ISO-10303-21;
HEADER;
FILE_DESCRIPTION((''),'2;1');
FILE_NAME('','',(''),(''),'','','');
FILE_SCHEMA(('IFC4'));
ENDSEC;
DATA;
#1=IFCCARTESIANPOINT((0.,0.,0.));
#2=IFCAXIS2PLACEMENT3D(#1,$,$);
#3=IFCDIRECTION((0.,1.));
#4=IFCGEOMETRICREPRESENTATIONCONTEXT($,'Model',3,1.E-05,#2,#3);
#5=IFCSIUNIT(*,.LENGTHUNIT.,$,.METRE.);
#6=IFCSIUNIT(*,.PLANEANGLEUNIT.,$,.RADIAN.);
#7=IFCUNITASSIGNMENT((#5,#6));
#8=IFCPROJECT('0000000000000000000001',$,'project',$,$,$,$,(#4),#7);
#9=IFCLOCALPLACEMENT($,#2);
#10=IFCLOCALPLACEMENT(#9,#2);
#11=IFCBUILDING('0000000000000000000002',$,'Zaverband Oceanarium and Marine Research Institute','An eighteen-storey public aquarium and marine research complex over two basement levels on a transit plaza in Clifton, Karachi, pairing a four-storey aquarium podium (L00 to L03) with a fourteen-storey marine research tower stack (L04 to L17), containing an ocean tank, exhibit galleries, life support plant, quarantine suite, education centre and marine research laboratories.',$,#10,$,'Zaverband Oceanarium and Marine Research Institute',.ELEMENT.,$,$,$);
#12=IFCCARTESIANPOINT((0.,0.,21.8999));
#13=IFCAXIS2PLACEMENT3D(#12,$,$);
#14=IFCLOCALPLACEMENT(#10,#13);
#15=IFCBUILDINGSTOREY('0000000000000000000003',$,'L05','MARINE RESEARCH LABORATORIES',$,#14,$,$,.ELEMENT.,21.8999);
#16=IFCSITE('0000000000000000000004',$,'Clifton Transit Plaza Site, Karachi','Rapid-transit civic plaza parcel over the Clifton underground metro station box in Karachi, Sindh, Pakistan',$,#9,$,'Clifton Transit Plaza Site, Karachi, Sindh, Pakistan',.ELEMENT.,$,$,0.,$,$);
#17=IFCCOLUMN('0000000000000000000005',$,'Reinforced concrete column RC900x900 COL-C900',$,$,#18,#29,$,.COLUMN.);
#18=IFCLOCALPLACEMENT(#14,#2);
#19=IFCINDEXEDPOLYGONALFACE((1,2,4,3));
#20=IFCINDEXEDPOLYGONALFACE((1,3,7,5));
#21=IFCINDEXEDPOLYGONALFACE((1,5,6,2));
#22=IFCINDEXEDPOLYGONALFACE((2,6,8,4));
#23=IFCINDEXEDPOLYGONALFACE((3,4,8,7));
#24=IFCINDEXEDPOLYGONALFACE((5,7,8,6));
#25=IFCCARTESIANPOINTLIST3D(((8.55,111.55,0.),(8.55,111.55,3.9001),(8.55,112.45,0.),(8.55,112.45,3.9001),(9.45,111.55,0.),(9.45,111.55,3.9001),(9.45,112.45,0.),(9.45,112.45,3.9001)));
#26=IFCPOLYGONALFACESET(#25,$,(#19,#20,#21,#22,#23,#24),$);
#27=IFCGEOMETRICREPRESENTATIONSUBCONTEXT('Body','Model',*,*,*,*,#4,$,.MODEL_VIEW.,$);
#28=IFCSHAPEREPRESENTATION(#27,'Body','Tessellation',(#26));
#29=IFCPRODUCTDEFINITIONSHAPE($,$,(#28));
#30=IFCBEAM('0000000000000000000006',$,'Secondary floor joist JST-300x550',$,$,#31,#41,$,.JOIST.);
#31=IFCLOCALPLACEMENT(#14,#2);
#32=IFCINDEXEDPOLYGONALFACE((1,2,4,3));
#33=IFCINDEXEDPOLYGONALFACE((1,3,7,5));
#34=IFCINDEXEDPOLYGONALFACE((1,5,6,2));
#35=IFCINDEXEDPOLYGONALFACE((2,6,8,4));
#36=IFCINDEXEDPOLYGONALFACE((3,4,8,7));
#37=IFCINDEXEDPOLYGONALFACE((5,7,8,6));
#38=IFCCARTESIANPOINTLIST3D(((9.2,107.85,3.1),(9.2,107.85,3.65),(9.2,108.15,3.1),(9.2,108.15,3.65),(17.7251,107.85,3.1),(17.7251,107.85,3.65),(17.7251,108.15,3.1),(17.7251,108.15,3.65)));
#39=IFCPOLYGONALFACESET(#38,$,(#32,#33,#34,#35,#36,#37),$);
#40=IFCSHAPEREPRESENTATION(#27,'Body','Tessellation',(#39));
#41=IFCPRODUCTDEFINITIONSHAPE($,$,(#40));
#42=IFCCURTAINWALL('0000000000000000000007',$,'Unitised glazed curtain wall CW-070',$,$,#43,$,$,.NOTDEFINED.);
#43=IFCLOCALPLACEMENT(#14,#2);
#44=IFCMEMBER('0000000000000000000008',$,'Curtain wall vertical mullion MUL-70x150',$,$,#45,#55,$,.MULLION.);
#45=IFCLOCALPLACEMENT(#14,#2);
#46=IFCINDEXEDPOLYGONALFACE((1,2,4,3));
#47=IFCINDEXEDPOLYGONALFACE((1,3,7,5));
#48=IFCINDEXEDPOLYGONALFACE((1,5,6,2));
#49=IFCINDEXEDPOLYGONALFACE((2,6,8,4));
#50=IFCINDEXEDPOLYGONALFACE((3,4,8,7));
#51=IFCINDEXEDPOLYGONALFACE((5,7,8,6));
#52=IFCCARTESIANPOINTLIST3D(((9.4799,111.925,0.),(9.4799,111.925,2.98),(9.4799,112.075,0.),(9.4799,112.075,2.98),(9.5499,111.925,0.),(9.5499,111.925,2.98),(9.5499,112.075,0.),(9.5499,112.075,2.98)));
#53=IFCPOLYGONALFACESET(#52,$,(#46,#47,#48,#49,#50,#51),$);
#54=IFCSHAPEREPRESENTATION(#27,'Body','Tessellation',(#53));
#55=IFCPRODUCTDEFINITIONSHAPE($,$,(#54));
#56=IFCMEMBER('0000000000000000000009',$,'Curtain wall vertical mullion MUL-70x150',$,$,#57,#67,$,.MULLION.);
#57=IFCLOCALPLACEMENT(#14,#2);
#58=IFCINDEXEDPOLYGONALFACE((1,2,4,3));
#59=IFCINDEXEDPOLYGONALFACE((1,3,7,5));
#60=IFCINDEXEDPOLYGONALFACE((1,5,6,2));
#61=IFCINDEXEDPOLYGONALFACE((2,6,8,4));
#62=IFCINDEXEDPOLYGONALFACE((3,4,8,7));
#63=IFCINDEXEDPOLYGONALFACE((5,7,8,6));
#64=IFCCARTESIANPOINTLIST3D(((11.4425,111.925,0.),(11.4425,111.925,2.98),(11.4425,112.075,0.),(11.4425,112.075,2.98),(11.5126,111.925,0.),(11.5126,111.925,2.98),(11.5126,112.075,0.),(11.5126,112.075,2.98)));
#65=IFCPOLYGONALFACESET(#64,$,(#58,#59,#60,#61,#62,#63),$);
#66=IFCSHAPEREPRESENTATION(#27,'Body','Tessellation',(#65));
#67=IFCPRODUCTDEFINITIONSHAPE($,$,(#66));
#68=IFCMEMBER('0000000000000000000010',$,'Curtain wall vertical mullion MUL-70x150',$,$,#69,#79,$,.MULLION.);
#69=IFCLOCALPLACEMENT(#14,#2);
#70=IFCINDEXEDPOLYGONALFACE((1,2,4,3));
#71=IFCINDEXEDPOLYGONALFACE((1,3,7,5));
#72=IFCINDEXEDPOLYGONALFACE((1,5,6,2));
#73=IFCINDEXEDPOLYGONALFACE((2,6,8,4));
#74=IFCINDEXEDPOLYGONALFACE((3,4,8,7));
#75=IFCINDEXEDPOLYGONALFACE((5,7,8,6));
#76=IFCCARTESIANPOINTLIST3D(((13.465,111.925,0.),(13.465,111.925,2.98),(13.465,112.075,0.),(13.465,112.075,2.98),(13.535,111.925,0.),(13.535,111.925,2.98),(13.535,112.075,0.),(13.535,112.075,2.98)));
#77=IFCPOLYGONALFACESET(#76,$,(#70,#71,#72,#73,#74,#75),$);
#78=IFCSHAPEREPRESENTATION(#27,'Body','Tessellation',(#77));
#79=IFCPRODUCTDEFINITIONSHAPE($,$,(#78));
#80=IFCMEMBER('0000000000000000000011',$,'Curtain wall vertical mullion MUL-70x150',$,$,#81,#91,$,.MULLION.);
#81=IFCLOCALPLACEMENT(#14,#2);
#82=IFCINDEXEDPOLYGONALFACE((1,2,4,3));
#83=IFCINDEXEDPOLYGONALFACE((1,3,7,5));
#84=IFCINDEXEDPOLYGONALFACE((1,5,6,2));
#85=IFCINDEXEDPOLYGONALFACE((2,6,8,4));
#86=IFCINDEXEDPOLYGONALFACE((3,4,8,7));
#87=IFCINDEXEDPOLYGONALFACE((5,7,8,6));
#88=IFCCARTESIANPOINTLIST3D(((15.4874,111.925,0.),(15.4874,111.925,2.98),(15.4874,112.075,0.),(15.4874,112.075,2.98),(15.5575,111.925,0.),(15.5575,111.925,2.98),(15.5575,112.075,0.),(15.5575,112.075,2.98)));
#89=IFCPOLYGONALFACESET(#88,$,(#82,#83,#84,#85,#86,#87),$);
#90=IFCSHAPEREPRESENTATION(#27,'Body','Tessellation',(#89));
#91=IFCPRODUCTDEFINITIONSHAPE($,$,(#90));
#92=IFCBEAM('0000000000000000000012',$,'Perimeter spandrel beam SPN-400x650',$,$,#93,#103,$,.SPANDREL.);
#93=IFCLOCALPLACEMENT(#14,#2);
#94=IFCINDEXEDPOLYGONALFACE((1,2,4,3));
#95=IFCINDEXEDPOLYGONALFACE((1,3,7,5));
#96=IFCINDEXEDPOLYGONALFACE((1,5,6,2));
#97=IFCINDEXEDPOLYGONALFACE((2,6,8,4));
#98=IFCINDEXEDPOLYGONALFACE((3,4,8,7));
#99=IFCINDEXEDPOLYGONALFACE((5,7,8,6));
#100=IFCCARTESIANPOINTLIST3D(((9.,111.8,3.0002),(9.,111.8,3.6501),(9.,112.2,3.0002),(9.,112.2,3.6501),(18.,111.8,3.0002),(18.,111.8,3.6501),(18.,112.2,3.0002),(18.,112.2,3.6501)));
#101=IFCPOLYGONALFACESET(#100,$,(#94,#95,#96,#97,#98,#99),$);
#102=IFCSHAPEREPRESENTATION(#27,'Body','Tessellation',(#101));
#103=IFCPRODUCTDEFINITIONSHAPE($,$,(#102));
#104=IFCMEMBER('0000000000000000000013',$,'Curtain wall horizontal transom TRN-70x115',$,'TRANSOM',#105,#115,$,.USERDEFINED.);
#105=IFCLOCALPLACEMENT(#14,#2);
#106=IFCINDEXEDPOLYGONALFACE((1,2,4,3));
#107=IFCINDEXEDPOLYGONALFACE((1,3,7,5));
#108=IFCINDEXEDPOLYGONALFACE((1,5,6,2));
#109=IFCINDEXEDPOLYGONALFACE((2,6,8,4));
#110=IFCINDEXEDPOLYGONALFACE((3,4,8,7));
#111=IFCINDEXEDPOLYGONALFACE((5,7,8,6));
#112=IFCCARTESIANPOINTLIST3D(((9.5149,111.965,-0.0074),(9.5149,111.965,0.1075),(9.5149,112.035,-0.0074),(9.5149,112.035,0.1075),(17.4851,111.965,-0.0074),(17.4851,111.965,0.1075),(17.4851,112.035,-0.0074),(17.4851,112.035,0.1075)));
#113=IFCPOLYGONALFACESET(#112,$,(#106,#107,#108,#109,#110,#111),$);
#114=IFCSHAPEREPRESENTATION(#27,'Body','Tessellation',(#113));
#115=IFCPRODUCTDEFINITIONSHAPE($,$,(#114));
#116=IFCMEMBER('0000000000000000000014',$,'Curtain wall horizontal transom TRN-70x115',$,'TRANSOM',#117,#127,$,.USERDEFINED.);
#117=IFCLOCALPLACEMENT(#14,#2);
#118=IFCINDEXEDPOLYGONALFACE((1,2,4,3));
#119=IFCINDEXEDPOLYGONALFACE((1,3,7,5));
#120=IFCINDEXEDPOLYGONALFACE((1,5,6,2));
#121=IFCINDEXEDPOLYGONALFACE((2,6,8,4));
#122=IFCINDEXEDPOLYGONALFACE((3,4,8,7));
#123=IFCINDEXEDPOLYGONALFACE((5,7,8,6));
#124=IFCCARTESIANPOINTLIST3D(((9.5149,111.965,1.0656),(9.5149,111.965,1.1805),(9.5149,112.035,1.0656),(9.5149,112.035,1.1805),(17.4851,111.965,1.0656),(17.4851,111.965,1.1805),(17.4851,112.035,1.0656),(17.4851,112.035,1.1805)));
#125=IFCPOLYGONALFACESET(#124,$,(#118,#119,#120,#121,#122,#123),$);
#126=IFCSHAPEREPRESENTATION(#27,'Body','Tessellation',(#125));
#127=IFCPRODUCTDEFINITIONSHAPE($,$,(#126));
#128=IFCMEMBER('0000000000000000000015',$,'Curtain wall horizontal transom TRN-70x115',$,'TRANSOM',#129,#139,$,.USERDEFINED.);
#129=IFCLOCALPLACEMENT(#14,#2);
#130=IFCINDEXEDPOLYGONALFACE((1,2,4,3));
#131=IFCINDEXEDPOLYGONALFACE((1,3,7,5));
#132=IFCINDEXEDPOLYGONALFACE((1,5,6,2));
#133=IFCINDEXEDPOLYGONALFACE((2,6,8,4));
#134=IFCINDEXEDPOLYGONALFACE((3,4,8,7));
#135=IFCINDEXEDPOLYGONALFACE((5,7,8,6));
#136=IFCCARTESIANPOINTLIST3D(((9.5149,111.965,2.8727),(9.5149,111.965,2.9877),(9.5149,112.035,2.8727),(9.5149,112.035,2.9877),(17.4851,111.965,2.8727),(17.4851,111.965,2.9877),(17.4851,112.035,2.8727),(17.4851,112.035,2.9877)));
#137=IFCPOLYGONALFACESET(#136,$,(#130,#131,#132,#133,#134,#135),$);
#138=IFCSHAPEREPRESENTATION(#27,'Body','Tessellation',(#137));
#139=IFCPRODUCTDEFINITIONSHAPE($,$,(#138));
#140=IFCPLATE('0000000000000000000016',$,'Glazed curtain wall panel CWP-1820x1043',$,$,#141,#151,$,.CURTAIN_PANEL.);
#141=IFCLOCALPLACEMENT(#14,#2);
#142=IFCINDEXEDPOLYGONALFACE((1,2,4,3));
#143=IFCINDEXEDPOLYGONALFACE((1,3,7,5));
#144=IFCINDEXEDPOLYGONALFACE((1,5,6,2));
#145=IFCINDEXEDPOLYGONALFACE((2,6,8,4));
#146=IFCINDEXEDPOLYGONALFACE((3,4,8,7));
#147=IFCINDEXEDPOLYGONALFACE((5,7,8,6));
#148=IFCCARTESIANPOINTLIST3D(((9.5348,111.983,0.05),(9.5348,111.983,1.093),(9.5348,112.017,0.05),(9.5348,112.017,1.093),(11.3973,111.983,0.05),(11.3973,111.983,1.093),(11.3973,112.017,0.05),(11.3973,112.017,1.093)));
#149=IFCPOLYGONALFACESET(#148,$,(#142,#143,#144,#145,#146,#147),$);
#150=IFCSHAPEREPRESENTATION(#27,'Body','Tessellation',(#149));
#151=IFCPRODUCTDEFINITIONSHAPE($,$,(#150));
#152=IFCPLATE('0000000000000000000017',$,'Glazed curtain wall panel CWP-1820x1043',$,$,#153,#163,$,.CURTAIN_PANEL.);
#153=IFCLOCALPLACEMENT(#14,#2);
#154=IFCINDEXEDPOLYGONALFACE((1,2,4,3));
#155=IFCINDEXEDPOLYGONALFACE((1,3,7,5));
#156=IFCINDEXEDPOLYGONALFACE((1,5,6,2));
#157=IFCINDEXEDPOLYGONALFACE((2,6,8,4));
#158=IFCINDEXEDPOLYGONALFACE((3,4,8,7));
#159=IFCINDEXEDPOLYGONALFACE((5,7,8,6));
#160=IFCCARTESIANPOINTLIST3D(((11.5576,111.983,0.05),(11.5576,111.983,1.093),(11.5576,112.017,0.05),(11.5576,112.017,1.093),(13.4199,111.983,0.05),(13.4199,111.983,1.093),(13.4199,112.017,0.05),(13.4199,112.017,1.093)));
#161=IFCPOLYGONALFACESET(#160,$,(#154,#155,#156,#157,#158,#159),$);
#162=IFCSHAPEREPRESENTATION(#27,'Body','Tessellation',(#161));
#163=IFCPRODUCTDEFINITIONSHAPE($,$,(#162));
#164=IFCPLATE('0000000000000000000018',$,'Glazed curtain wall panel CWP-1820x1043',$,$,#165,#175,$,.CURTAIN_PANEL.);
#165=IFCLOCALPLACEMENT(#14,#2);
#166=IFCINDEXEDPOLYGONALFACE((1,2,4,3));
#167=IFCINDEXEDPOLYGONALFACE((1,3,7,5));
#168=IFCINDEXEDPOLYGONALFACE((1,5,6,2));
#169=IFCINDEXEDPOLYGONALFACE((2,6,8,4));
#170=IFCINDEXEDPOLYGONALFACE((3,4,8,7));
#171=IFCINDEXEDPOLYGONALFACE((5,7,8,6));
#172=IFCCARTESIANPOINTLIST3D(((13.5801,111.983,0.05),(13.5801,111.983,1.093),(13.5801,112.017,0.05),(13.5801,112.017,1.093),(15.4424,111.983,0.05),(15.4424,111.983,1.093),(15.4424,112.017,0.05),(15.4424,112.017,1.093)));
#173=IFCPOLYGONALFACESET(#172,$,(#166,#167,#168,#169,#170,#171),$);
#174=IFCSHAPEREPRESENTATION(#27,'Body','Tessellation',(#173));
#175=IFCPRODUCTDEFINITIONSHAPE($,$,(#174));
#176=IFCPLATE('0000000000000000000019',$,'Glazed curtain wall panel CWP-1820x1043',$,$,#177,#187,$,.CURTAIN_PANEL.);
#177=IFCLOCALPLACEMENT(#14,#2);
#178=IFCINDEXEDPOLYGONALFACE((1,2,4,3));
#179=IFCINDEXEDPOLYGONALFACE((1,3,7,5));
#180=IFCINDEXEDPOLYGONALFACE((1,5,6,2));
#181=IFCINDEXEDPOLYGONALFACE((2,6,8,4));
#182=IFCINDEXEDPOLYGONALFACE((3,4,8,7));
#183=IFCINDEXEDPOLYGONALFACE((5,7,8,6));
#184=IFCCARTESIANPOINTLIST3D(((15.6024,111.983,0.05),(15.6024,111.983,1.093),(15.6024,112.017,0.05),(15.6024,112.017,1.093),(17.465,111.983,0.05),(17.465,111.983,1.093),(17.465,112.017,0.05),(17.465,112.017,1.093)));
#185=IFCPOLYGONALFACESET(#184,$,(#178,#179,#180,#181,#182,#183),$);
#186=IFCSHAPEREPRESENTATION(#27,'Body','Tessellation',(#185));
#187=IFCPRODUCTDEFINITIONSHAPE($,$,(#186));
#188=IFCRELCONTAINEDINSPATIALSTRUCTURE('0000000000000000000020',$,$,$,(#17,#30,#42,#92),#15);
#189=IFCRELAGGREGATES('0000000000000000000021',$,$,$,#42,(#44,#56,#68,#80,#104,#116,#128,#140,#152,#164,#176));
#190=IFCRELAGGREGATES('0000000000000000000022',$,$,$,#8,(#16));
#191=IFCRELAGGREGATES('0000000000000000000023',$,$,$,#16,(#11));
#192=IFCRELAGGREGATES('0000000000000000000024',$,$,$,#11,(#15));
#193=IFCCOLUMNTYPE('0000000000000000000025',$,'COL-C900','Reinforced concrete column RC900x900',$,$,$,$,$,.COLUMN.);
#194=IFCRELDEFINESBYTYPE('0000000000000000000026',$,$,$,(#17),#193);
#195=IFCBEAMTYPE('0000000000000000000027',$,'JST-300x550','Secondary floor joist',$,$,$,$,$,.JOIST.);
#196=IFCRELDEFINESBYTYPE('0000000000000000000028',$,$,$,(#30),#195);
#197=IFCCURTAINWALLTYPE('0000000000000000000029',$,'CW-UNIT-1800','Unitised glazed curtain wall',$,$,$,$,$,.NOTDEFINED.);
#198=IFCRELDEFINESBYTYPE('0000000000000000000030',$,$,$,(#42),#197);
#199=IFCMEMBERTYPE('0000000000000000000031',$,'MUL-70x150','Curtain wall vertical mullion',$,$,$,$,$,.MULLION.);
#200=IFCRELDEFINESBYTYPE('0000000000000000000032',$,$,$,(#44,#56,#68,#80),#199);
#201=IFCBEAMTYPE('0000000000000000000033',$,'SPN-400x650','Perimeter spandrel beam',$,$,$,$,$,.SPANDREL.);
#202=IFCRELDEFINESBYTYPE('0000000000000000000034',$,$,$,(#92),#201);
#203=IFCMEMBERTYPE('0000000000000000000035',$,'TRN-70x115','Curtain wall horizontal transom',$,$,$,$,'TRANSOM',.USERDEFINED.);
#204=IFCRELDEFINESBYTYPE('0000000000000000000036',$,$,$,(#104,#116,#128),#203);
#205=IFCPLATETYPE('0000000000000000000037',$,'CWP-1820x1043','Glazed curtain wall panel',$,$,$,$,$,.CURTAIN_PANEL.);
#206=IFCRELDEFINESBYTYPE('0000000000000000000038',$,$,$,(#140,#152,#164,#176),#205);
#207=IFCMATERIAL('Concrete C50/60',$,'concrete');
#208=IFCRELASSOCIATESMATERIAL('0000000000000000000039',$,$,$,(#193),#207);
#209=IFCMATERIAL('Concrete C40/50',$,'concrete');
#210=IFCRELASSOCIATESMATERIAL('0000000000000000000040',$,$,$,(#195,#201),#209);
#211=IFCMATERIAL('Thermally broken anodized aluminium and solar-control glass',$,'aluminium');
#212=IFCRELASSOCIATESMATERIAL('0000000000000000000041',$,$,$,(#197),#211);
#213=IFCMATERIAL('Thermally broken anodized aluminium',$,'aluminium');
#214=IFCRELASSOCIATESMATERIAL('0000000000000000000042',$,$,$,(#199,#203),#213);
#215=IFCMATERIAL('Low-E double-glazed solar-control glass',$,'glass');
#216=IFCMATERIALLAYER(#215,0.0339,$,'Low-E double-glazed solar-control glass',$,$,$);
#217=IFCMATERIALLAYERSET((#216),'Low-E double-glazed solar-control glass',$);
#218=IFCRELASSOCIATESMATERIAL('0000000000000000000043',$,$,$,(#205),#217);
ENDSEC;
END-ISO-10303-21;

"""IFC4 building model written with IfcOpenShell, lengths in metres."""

from ifc_helpers import new_model, si_unit, direction, frame, frame_2d, origin, origin_2d, place, context, subcontext, project, spatial, rectangle, extrude, material, layer, layer_set, material_profile, profile_set, type_object, element, aggregate, save


model = new_model("IFC4")

# Units and contexts
model_context = context("Model", 3, precision=1e-05, world=origin(), true_north=direction((0.0, 1.0)))
body_context = subcontext(model_context, "Body", "Model", "MODEL_VIEW")
ifc_project = project(units=[si_unit("LENGTHUNIT", "METRE"), si_unit("PLANEANGLEUNIT", "RADIAN")], contexts=[model_context])

# Site, building, storey
site_placement = place(None, origin())
site = spatial("IfcSite", under=ifc_project, at=site_placement, Name="Clifton Transit Plaza Site, Karachi", Description="Rapid-transit civic plaza parcel over the Clifton underground metro station box in Karachi, Sindh, Pakistan", LongName="Clifton Transit Plaza Site, Karachi, Sindh, Pakistan", CompositionType="ELEMENT", RefElevation=0.0)
building_placement = place(site_placement, origin())
building = spatial("IfcBuilding", under=site, at=building_placement, Name="Zaverband Oceanarium and Marine Research Institute", Description="An eighteen-storey public aquarium and marine research complex over two basement levels on a transit plaza in Clifton, Karachi, pairing a four-storey aquarium podium (L00 to L03) with a fourteen-storey marine research tower stack (L04 to L17), containing an ocean tank, exhibit galleries, life support plant, quarantine suite, education centre and marine research laboratories.", LongName="Zaverband Oceanarium and Marine Research Institute", CompositionType="ELEMENT")
storey_placement = place(building_placement, frame((0.0, 0.0, 21.8999)))
storey = spatial("IfcBuildingStorey", under=building, at=storey_placement, Name="L05", Description="MARINE RESEARCH LABORATORIES", CompositionType="ELEMENT", Elevation=21.8999)

# Column
ifc_material_1 = material(Name="Concrete C50/60", Category="concrete")
ifc_material_profile_1 = material_profile(ifc_material_1, rectangle(XDim=0.8999, YDim=0.8999, at=origin_2d()), Name="RC900x900")
ifc_profile_set_1 = profile_set([ifc_material_profile_1], Name="Concrete C50/60")
column_type = type_object("IfcColumnType", Name="COL-C900", Description="Reinforced concrete column RC900x900", PredefinedType="COLUMN", material=ifc_profile_set_1)
column_placement = place(storey_placement, frame((9.0, 112.0, 0.0), z_axis=(0.0, 0.0, 1.0), x_axis=(1.0, 0.0, 0.0)))
element("IfcColumn", 1, at=column_placement, inside=storey, type_object=column_type, Name="Reinforced concrete column RC900x900 COL-C900", PredefinedType="COLUMN", context=body_context, shape_type="SweptSolid", body=[
    extrude(rectangle(XDim=0.8999, YDim=0.8999, at=origin_2d()), origin(), (0.0, 0.0, 1.0), 3.9001),
])

# Beam
ifc_material_2 = material(Name="Concrete C40/50", Category="concrete")
ifc_material_profile_2 = material_profile(ifc_material_2, rectangle(XDim=0.3, YDim=0.55, at=origin_2d()), Name="RC300x550")
ifc_profile_set_2 = profile_set([ifc_material_profile_2], Name="Concrete C40/50")
beam_type_1 = type_object("IfcBeamType", Name="JST-300x550", Description="Secondary floor joist", PredefinedType="JOIST", material=ifc_profile_set_2)
beam_1_placement = place(storey_placement, frame((9.2, 108.0, 3.375), z_axis=(1.0, 0.0, 0.0), x_axis=(0.0, 1.0, 0.0)))
element("IfcBeam", 2, at=beam_1_placement, inside=storey, type_object=beam_type_1, Name="Secondary floor joist JST-300x550", PredefinedType="JOIST", context=body_context, shape_type="SweptSolid", body=[
    extrude(rectangle(XDim=0.3, YDim=0.55, at=origin_2d()), origin(), (0.0, 0.0, 1.0), 8.5251),
])

# Curtain wall, members
ifc_material_3 = material(Name="Thermally broken anodized aluminium and solar-control glass", Category="aluminium")
curtain_wall_type = type_object("IfcCurtainWallType", Name="CW-UNIT-1800", Description="Unitised glazed curtain wall", PredefinedType="NOTDEFINED", material=ifc_material_3)
curtain_wall_placement = place(storey_placement, origin())
curtain_wall = element("IfcCurtainWall", 3, at=curtain_wall_placement, inside=storey, type_object=curtain_wall_type, Name="Unitised glazed curtain wall CW-070", PredefinedType="NOTDEFINED")
ifc_material_4 = material(Name="Thermally broken anodized aluminium", Category="aluminium")
ifc_material_profile_3 = material_profile(ifc_material_4, rectangle(XDim=0.0701, YDim=0.1499, at=origin_2d()), Name="AL-MUL-70x150")
ifc_profile_set_3 = profile_set([ifc_material_profile_3], Name="Thermally broken anodized aluminium")
member_type_1 = type_object("IfcMemberType", Name="MUL-70x150", Description="Curtain wall vertical mullion", PredefinedType="MULLION", material=ifc_profile_set_3)
member_1_placement = place(storey_placement, frame((9.5149, 112.0, 0.0), z_axis=(0.0, 0.0, 1.0), x_axis=(1.0, 0.0, 0.0)))
member_1 = element("IfcMember", 4, at=member_1_placement, type_object=member_type_1, Name="Curtain wall vertical mullion MUL-70x150", PredefinedType="MULLION", context=body_context, shape_type="SweptSolid", body=[
    extrude(rectangle(XDim=0.0701, YDim=0.1499, at=origin_2d()), origin(), (0.0, 0.0, 1.0), 2.98),
])
member_2_placement = place(storey_placement, frame((11.4775, 112.0, 0.0), z_axis=(0.0, 0.0, 1.0), x_axis=(1.0, 0.0, 0.0)))
member_2 = element("IfcMember", 5, at=member_2_placement, type_object=member_type_1, Name="Curtain wall vertical mullion MUL-70x150", PredefinedType="MULLION", context=body_context, shape_type="SweptSolid", body=[
    extrude(rectangle(XDim=0.0701, YDim=0.1499, at=origin_2d()), origin(), (0.0, 0.0, 1.0), 2.98),
])
member_3_placement = place(storey_placement, frame((13.5, 112.0, 0.0), z_axis=(0.0, 0.0, 1.0), x_axis=(1.0, 0.0, 0.0)))
member_3 = element("IfcMember", 6, at=member_3_placement, type_object=member_type_1, Name="Curtain wall vertical mullion MUL-70x150", PredefinedType="MULLION", context=body_context, shape_type="SweptSolid", body=[
    extrude(rectangle(XDim=0.0701, YDim=0.1499, at=origin_2d()), origin(), (0.0, 0.0, 1.0), 2.98),
])
member_4_placement = place(storey_placement, frame((15.5225, 112.0, 0.0), z_axis=(0.0, 0.0, 1.0), x_axis=(1.0, 0.0, 0.0)))
member_4 = element("IfcMember", 7, at=member_4_placement, type_object=member_type_1, Name="Curtain wall vertical mullion MUL-70x150", PredefinedType="MULLION", context=body_context, shape_type="SweptSolid", body=[
    extrude(rectangle(XDim=0.0701, YDim=0.1499, at=origin_2d()), origin(), (0.0, 0.0, 1.0), 2.98),
])

# Beam
ifc_material_profile_4 = material_profile(ifc_material_2, rectangle(XDim=0.3999, YDim=0.6499, at=origin_2d()), Name="RC400x650")
ifc_profile_set_4 = profile_set([ifc_material_profile_4], Name="Concrete C40/50")
beam_type_2 = type_object("IfcBeamType", Name="SPN-400x650", Description="Perimeter spandrel beam", PredefinedType="SPANDREL", material=ifc_profile_set_4)
beam_2_placement = place(storey_placement, frame((9.0, 112.0, 3.3252), z_axis=(1.0, 0.0, 0.0), x_axis=(0.0, 1.0, 0.0)))
element("IfcBeam", 8, at=beam_2_placement, inside=storey, type_object=beam_type_2, Name="Perimeter spandrel beam SPN-400x650", PredefinedType="SPANDREL", context=body_context, shape_type="SweptSolid", body=[
    extrude(rectangle(XDim=0.3999, YDim=0.6499, at=origin_2d()), origin(), (0.0, 0.0, 1.0), 9.0),
])

# Members
ifc_material_profile_5 = material_profile(ifc_material_4, rectangle(XDim=0.0701, YDim=0.115, at=origin_2d()), Name="AL-TRN-70x115")
ifc_profile_set_5 = profile_set([ifc_material_profile_5], Name="Thermally broken anodized aluminium")
member_type_2 = type_object("IfcMemberType", Name="TRN-70x115", Description="Curtain wall horizontal transom", ElementType="TRANSOM", PredefinedType="USERDEFINED", material=ifc_profile_set_5)
member_5_placement = place(storey_placement, frame((9.5149, 112.0, 0.05), z_axis=(1.0, 0.0, 0.0), x_axis=(0.0, 1.0, 0.0)))
member_5 = element("IfcMember", 9, at=member_5_placement, type_object=member_type_2, Name="Curtain wall horizontal transom TRN-70x115", ObjectType="TRANSOM", PredefinedType="USERDEFINED", context=body_context, shape_type="SweptSolid", body=[
    extrude(rectangle(XDim=0.0701, YDim=0.115, at=origin_2d()), origin(), (0.0, 0.0, 1.0), 7.9702),
])
member_6_placement = place(storey_placement, frame((9.5149, 112.0, 1.123), z_axis=(1.0, 0.0, 0.0), x_axis=(0.0, 1.0, 0.0)))
member_6 = element("IfcMember", 10, at=member_6_placement, type_object=member_type_2, Name="Curtain wall horizontal transom TRN-70x115", ObjectType="TRANSOM", PredefinedType="USERDEFINED", context=body_context, shape_type="SweptSolid", body=[
    extrude(rectangle(XDim=0.0701, YDim=0.115, at=origin_2d()), origin(), (0.0, 0.0, 1.0), 7.9702),
])
member_7_placement = place(storey_placement, frame((9.5149, 112.0, 2.9302), z_axis=(1.0, 0.0, 0.0), x_axis=(0.0, 1.0, 0.0)))
member_7 = element("IfcMember", 11, at=member_7_placement, type_object=member_type_2, Name="Curtain wall horizontal transom TRN-70x115", ObjectType="TRANSOM", PredefinedType="USERDEFINED", context=body_context, shape_type="SweptSolid", body=[
    extrude(rectangle(XDim=0.0701, YDim=0.115, at=origin_2d()), origin(), (0.0, 0.0, 1.0), 7.9702),
])

# Plates
ifc_material_5 = material(Name="Low-E double-glazed solar-control glass", Category="glass")
ifc_layer_1 = layer(ifc_material_5, 0.0339, Name="Low-E double-glazed solar-control glass")
ifc_layer_set_1 = layer_set([ifc_layer_1], Name="Low-E double-glazed solar-control glass")
plate_type_1 = type_object("IfcPlateType", Name="CWP-1820x1043", Description="Glazed curtain wall panel", PredefinedType="CURTAIN_PANEL", material=ifc_layer_set_1)
plate_1_placement = place(storey_placement, frame((9.5349, 112.0, 0.05), z_axis=(0.0, 0.0, 1.0), x_axis=(1.0, 0.0, 0.0)))
plate_1 = element("IfcPlate", 12, at=plate_1_placement, type_object=plate_type_1, Name="Glazed curtain wall panel CWP-1820x1043", PredefinedType="CURTAIN_PANEL", context=body_context, shape_type="SweptSolid", body=[
    extrude(rectangle(XDim=1.8625, YDim=0.0339, at=frame_2d((0.9312, 0.0))), origin(), (0.0, 0.0, 1.0), 1.043),
])
plate_2_placement = place(storey_placement, frame((11.5576, 112.0, 0.05), z_axis=(0.0, 0.0, 1.0), x_axis=(1.0, 0.0, 0.0)))
plate_2 = element("IfcPlate", 13, at=plate_2_placement, type_object=plate_type_1, Name="Glazed curtain wall panel CWP-1820x1043", PredefinedType="CURTAIN_PANEL", context=body_context, shape_type="SweptSolid", body=[
    extrude(rectangle(XDim=1.8623, YDim=0.0339, at=frame_2d((0.9312, 0.0))), origin(), (0.0, 0.0, 1.0), 1.043),
])
plate_3_placement = place(storey_placement, frame((13.5801, 112.0, 0.05), z_axis=(0.0, 0.0, 1.0), x_axis=(1.0, 0.0, 0.0)))
plate_3 = element("IfcPlate", 14, at=plate_3_placement, type_object=plate_type_1, Name="Glazed curtain wall panel CWP-1820x1043", PredefinedType="CURTAIN_PANEL", context=body_context, shape_type="SweptSolid", body=[
    extrude(rectangle(XDim=1.8623, YDim=0.0339, at=frame_2d((0.9312, 0.0))), origin(), (0.0, 0.0, 1.0), 1.043),
])
plate_4_placement = place(storey_placement, frame((15.6025, 112.0, 0.05), z_axis=(0.0, 0.0, 1.0), x_axis=(1.0, 0.0, 0.0)))
plate_4 = element("IfcPlate", 15, at=plate_4_placement, type_object=plate_type_1, Name="Glazed curtain wall panel CWP-1820x1043", PredefinedType="CURTAIN_PANEL", context=body_context, shape_type="SweptSolid", body=[
    extrude(rectangle(XDim=1.8625, YDim=0.0339, at=frame_2d((0.9312, 0.0))), origin(), (0.0, 0.0, 1.0), 1.043),
])
aggregate(curtain_wall, [member_1, member_2, member_3, member_4, member_5, member_6, member_7, plate_1, plate_2, plate_3, plate_4])

save(model, "model.ifc")
